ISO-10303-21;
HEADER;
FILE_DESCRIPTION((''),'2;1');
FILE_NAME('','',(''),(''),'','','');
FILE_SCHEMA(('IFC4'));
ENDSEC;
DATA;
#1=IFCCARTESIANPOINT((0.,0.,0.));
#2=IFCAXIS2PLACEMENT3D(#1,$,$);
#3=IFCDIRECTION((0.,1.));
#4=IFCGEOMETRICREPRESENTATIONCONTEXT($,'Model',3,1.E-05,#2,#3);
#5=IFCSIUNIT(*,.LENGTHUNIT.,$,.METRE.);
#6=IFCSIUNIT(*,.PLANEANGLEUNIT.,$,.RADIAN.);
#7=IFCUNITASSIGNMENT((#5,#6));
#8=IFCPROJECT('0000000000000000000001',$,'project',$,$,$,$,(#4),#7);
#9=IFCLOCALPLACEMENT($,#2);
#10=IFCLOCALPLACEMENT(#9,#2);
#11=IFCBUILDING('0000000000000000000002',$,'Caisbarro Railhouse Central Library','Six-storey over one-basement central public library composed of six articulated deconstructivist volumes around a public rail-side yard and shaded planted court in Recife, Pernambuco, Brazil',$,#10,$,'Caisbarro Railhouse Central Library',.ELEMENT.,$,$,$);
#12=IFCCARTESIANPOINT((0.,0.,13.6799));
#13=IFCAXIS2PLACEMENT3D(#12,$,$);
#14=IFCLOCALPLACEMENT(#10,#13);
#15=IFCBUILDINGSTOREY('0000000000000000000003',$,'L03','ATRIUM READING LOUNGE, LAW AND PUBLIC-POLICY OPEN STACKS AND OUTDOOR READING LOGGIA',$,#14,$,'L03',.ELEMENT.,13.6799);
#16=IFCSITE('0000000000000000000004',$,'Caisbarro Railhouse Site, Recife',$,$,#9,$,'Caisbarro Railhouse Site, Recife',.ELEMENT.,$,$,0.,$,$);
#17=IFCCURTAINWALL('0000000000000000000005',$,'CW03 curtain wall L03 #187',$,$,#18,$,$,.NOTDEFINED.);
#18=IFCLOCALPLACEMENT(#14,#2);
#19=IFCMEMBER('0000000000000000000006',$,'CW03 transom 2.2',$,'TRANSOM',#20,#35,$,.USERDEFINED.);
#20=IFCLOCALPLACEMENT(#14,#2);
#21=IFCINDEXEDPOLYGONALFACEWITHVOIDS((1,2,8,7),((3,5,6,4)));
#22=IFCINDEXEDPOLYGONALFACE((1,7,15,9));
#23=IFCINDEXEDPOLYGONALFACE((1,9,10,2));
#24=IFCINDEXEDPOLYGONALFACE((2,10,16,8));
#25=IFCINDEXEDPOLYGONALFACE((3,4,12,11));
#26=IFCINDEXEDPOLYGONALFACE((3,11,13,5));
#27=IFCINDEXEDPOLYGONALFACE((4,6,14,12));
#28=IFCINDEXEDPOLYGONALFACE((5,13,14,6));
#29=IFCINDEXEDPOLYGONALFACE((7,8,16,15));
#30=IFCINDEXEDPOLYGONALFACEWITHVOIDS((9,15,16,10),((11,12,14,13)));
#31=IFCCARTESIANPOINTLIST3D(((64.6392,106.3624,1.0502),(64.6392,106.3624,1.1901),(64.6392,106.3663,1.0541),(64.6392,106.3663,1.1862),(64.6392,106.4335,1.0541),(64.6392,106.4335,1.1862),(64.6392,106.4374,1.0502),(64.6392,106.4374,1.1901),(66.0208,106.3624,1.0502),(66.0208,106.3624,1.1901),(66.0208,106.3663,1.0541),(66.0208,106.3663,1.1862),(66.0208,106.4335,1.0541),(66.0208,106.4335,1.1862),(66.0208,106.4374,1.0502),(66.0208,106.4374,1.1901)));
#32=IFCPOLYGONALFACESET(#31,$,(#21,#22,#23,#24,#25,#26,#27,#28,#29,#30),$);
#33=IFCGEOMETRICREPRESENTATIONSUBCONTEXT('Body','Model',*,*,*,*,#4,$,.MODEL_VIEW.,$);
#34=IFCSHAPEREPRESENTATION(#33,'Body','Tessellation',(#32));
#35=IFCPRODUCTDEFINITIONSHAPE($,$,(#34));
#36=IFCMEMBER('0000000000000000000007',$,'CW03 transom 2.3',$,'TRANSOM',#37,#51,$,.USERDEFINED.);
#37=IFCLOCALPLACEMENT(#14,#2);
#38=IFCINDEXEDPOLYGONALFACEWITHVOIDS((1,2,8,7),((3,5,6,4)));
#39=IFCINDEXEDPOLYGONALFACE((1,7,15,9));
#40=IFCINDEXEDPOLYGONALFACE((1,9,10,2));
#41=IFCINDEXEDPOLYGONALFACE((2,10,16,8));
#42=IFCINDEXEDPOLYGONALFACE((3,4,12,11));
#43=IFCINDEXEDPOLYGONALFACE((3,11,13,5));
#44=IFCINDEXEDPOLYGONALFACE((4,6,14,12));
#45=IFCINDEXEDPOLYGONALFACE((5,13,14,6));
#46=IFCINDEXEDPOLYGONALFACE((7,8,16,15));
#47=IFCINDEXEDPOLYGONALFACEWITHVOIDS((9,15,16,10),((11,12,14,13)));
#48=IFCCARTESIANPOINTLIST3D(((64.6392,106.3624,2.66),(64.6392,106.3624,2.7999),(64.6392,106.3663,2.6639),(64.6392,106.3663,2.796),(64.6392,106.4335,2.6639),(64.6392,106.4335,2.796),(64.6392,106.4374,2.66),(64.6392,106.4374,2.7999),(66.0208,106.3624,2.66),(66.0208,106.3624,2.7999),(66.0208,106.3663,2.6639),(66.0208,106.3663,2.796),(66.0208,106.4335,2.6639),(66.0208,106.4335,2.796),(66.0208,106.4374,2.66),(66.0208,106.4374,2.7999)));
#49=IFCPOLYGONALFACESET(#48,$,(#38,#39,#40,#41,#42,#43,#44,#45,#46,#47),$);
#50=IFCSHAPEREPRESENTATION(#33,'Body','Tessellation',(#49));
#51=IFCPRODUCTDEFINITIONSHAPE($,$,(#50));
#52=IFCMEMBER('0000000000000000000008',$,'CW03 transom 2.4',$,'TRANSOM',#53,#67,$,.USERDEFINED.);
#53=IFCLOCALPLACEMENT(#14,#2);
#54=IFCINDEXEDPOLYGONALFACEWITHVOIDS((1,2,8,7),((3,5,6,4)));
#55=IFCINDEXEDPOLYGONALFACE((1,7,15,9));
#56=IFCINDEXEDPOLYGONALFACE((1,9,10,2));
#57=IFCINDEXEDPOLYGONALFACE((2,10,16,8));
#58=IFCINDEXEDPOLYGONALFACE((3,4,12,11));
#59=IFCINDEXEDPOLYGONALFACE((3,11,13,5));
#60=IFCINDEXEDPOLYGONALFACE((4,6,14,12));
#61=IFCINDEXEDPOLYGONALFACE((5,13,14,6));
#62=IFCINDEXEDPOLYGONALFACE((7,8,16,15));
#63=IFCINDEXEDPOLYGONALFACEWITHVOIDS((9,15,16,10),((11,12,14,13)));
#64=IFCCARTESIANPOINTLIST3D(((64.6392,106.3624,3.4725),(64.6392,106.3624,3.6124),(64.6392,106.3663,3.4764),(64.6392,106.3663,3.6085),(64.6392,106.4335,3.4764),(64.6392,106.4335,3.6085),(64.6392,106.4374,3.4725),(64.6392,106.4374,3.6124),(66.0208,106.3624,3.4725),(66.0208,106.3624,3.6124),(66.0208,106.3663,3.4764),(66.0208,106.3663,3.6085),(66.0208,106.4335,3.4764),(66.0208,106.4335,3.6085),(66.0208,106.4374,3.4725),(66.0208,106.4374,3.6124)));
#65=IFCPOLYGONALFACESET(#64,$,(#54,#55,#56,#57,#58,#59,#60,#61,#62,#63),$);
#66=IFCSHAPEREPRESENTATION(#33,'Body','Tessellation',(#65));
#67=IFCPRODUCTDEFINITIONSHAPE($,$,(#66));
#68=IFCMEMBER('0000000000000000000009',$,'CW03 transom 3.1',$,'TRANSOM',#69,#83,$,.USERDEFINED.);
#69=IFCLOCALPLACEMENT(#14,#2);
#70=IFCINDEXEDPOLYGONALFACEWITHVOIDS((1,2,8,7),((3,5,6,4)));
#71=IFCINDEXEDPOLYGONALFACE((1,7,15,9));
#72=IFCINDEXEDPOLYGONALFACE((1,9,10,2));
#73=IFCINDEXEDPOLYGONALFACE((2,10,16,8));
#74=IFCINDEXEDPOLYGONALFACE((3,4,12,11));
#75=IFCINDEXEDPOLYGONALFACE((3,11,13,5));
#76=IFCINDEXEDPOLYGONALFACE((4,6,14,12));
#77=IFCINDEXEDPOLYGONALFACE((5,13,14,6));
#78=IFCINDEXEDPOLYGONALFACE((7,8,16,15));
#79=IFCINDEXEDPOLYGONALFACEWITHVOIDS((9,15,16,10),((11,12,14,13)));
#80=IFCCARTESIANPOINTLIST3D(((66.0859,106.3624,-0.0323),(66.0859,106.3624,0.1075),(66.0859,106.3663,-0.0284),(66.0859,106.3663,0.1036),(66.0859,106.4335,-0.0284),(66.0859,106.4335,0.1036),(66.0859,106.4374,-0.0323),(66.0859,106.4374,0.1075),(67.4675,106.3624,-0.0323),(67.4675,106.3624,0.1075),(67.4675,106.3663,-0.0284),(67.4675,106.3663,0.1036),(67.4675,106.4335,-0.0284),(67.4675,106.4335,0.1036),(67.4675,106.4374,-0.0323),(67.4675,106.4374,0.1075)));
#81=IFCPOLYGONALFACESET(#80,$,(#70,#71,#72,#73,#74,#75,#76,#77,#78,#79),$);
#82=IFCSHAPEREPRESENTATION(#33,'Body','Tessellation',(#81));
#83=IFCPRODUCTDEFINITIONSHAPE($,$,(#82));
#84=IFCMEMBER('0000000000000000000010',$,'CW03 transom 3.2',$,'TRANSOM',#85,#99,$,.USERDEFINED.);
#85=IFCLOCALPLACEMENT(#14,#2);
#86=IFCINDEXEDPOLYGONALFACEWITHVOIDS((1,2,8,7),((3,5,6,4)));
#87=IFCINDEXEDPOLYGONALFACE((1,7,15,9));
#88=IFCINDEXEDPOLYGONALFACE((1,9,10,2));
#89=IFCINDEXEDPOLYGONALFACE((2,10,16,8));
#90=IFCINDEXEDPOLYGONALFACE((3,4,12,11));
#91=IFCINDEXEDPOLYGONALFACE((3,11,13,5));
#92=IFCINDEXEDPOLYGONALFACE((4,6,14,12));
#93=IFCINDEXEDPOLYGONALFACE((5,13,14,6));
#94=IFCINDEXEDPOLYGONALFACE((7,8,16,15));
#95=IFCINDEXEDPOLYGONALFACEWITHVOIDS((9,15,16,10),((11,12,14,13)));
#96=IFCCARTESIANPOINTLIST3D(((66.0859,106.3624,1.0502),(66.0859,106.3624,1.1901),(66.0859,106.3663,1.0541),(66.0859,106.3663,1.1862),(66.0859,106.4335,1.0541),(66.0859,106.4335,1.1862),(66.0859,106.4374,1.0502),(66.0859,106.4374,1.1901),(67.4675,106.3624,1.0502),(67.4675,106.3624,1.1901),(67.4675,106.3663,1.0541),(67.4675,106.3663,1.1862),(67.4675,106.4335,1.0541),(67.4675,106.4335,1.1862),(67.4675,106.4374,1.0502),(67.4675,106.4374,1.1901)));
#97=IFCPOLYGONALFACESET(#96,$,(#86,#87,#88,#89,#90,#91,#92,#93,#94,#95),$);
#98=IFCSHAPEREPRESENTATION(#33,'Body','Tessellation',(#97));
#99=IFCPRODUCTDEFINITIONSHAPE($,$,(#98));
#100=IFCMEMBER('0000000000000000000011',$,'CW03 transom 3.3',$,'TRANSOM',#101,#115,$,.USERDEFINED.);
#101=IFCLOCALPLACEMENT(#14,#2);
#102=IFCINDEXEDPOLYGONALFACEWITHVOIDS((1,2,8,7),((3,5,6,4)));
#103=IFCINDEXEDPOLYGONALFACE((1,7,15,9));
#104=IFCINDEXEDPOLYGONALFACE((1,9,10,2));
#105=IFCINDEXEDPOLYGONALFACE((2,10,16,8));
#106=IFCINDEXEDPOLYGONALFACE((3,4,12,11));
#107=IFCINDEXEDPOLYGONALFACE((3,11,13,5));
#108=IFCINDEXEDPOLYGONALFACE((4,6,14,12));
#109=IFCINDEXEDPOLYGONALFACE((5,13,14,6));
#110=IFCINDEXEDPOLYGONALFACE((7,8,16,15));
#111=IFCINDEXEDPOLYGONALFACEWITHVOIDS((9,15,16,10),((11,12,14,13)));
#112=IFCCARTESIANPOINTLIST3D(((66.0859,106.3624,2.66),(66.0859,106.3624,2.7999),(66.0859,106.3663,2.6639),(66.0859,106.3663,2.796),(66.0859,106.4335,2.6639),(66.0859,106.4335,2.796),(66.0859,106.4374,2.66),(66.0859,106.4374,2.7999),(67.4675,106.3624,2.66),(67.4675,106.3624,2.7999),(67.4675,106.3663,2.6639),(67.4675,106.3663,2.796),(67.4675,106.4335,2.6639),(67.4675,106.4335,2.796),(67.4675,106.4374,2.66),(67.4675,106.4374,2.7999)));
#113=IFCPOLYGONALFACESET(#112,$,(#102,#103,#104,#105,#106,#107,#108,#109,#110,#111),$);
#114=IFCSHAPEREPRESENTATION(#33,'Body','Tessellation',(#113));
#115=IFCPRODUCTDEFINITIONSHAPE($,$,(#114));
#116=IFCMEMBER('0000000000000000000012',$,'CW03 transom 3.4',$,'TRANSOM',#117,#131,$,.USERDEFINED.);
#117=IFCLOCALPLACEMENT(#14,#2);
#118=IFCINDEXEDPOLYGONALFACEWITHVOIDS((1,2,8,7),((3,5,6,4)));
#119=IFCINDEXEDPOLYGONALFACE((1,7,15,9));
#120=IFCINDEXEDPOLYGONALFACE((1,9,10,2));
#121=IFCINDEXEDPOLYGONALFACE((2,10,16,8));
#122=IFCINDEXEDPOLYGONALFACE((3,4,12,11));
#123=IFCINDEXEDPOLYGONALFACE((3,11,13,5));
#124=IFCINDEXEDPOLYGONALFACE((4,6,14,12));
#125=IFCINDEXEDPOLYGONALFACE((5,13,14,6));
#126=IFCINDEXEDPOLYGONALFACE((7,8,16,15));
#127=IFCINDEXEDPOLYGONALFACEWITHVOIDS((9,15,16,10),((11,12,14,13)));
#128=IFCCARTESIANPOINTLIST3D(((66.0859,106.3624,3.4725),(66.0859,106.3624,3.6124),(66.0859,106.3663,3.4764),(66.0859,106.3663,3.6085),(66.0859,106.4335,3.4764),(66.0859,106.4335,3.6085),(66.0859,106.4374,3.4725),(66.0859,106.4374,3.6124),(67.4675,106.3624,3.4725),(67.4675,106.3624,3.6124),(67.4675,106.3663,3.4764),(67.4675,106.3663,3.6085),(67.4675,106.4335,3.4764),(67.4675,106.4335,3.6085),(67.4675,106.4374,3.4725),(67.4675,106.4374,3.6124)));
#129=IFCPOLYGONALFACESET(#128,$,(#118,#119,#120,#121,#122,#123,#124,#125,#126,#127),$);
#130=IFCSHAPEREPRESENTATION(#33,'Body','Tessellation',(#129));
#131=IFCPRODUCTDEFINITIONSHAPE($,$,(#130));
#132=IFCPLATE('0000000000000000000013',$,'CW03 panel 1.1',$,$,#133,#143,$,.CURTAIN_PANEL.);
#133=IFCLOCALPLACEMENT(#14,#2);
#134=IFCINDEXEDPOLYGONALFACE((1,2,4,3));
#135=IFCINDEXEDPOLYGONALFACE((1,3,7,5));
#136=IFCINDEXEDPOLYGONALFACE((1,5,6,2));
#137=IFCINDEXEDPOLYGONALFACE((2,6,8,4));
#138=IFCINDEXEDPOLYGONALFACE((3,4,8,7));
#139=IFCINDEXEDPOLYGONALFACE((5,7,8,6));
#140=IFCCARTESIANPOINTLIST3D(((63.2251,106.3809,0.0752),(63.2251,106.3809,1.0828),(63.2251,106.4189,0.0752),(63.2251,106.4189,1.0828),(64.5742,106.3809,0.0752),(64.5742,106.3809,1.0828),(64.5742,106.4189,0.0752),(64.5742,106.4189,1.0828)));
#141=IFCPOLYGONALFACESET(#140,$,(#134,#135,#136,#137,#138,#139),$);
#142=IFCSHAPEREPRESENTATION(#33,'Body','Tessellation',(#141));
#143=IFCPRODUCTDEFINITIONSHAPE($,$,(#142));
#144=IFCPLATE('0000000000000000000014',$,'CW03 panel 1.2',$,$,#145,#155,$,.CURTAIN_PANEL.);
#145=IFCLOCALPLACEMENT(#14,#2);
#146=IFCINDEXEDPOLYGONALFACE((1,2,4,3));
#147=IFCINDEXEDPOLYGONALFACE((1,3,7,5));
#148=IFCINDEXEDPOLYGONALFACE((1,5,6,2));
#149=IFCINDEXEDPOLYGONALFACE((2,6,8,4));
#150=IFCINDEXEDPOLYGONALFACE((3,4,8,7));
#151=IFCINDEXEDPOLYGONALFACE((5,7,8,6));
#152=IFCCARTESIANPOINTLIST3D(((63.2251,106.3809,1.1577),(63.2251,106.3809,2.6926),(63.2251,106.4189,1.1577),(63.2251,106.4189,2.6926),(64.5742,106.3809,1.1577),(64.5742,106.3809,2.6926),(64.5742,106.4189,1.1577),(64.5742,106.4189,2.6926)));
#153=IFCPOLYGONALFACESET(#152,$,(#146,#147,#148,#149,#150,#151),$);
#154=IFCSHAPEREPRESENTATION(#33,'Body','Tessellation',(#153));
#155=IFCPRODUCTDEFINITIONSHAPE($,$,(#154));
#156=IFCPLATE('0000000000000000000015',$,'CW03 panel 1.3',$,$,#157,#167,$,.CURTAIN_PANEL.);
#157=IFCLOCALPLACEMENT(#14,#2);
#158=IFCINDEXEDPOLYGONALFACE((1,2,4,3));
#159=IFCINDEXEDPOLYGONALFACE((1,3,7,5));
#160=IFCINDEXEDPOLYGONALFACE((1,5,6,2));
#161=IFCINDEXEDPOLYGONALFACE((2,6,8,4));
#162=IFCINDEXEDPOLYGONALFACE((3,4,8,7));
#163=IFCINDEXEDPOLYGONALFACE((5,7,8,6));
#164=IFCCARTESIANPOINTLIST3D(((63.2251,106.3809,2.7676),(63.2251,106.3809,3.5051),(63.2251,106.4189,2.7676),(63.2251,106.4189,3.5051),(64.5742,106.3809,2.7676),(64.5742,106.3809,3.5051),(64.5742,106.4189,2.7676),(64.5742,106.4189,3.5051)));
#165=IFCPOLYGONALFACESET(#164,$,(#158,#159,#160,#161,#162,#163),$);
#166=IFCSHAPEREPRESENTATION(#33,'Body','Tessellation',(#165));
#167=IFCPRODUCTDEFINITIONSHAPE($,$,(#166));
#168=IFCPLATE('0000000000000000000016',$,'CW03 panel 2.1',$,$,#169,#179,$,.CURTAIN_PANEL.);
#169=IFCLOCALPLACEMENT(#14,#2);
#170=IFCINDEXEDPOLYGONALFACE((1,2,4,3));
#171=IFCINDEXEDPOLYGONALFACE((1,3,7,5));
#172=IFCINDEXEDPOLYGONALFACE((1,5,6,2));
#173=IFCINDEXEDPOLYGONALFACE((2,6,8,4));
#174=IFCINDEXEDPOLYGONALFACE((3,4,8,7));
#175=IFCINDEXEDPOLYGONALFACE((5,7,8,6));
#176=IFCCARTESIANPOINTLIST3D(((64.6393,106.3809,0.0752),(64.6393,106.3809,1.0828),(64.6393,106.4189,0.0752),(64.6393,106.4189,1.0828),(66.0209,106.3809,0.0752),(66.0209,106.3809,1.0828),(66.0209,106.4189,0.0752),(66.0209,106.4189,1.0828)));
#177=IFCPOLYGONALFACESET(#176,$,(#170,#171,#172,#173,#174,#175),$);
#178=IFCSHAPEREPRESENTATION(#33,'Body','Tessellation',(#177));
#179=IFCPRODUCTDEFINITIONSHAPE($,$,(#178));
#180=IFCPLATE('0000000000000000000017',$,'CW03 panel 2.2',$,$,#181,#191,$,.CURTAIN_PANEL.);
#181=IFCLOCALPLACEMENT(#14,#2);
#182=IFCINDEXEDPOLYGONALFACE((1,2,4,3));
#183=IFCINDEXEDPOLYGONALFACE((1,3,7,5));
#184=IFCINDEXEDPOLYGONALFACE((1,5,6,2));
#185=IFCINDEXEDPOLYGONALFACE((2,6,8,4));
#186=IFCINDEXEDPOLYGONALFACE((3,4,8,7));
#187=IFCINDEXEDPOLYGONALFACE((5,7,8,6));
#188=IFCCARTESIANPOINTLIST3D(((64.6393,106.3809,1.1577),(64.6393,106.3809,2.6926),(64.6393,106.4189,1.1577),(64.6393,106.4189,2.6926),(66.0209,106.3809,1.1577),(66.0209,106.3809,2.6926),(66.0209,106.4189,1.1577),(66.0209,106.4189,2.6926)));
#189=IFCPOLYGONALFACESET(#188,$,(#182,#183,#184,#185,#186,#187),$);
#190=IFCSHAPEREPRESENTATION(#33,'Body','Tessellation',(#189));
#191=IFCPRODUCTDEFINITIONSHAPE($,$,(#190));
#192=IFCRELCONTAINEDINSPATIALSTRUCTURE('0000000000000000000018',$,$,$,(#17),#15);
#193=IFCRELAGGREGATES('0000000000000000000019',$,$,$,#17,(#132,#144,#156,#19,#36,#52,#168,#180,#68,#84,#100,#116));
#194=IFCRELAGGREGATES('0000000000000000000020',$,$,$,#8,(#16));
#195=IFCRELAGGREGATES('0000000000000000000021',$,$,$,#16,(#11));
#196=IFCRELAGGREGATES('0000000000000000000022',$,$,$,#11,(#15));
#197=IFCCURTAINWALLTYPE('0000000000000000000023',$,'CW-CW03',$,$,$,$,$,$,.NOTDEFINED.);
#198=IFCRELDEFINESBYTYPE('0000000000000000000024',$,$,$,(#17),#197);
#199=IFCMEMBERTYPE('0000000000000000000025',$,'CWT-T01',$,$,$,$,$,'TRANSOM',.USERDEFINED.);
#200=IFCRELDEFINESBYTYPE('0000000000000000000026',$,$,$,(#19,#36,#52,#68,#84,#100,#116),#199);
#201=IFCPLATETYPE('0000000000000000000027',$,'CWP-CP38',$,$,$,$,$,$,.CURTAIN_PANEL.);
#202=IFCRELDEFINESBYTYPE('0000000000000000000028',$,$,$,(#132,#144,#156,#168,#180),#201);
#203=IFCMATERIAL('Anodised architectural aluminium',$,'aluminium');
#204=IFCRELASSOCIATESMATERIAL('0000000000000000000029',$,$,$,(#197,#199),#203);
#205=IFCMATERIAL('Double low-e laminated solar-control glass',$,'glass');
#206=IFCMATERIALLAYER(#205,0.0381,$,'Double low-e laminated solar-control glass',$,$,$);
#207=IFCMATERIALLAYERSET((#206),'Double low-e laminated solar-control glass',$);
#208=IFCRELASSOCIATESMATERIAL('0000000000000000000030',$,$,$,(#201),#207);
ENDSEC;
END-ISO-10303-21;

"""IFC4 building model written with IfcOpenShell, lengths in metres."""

from ifc_helpers import new_model, si_unit, direction, frame, origin, origin_2d, place, context, subcontext, project, spatial, rectangle, hollow_rectangle, extrude, material, layer, layer_set, material_profile, profile_set, type_object, element, aggregate, save


model = new_model("IFC4")

# Units and contexts
model_context = context("Model", 3, precision=1e-05, world=origin(), true_north=direction((0.0, 1.0)))
body_context = subcontext(model_context, "Body", "Model", "MODEL_VIEW")
ifc_project = project(units=[si_unit("LENGTHUNIT", "METRE"), si_unit("PLANEANGLEUNIT", "RADIAN")], contexts=[model_context])

# Site, building, storey
site_placement = place(None, origin())
site = spatial("IfcSite", under=ifc_project, at=site_placement, Name="Caisbarro Railhouse Site, Recife", LongName="Caisbarro Railhouse Site, Recife", CompositionType="ELEMENT", RefElevation=0.0)
building_placement = place(site_placement, origin())
building = spatial("IfcBuilding", under=site, at=building_placement, Name="Caisbarro Railhouse Central Library", Description="Six-storey over one-basement central public library composed of six articulated deconstructivist volumes around a public rail-side yard and shaded planted court in Recife, Pernambuco, Brazil", LongName="Caisbarro Railhouse Central Library", CompositionType="ELEMENT")
storey_placement = place(building_placement, frame((0.0, 0.0, 13.6799)))
storey = spatial("IfcBuildingStorey", under=building, at=storey_placement, Name="L03", Description="ATRIUM READING LOUNGE, LAW AND PUBLIC-POLICY OPEN STACKS AND OUTDOOR READING LOGGIA", LongName="L03", CompositionType="ELEMENT", Elevation=13.6799)

# Curtain wall, members, plates
ifc_material_1 = material(Name="Anodised architectural aluminium", Category="aluminium")
curtain_wall_type = type_object("IfcCurtainWallType", Name="CW-CW03", PredefinedType="NOTDEFINED", material=ifc_material_1)
curtain_wall_placement = place(storey_placement, origin())
curtain_wall = element("IfcCurtainWall", 1, at=curtain_wall_placement, inside=storey, type_object=curtain_wall_type, Name="CW03 curtain wall L03 #187", PredefinedType="NOTDEFINED")
ifc_material_profile_1 = material_profile(ifc_material_1, hollow_rectangle(XDim=0.075, YDim=0.1399, WallThickness=0.0039, at=origin_2d()), Name="ALU-TRN-75X140")
ifc_profile_set_1 = profile_set([ifc_material_profile_1], Name="Anodised architectural aluminium")
member_type_1 = type_object("IfcMemberType", Name="CWT-T01", ElementType="TRANSOM", PredefinedType="USERDEFINED", material=ifc_profile_set_1)
member_1_placement = place(storey_placement, frame((64.6392, 106.3999, 1.1201), z_axis=(1.0, 0.0, 0.0), x_axis=(0.0, 1.0, 0.0)))
member_1 = element("IfcMember", 2, at=member_1_placement, type_object=member_type_1, Name="CW03 transom 2.2", ObjectType="TRANSOM", PredefinedType="USERDEFINED", context=body_context, shape_type="SweptSolid", body=[
    extrude(hollow_rectangle(XDim=0.075, YDim=0.1399, WallThickness=0.0039, at=origin_2d()), origin(), (0.0, 0.0, 1.0), 1.3816),
])
member_2_placement = place(storey_placement, frame((64.6392, 106.3999, 2.73), z_axis=(1.0, 0.0, 0.0), x_axis=(0.0, 1.0, 0.0)))
member_2 = element("IfcMember", 3, at=member_2_placement, type_object=member_type_1, Name="CW03 transom 2.3", ObjectType="TRANSOM", PredefinedType="USERDEFINED", context=body_context, shape_type="SweptSolid", body=[
    extrude(hollow_rectangle(XDim=0.075, YDim=0.1399, WallThickness=0.0039, at=origin_2d()), origin(), (0.0, 0.0, 1.0), 1.3816),
])
member_3_placement = place(storey_placement, frame((64.6392, 106.3999, 3.5425), z_axis=(1.0, 0.0, 0.0), x_axis=(0.0, 1.0, 0.0)))
member_3 = element("IfcMember", 4, at=member_3_placement, type_object=member_type_1, Name="CW03 transom 2.4", ObjectType="TRANSOM", PredefinedType="USERDEFINED", context=body_context, shape_type="SweptSolid", body=[
    extrude(hollow_rectangle(XDim=0.075, YDim=0.1399, WallThickness=0.0039, at=origin_2d()), origin(), (0.0, 0.0, 1.0), 1.3816),
])
member_4_placement = place(storey_placement, frame((66.0859, 106.3999, 0.0376), z_axis=(1.0, 0.0, 0.0), x_axis=(0.0, 1.0, 0.0)))
member_4 = element("IfcMember", 5, at=member_4_placement, type_object=member_type_1, Name="CW03 transom 3.1", ObjectType="TRANSOM", PredefinedType="USERDEFINED", context=body_context, shape_type="SweptSolid", body=[
    extrude(hollow_rectangle(XDim=0.075, YDim=0.1399, WallThickness=0.0039, at=origin_2d()), origin(), (0.0, 0.0, 1.0), 1.3816),
])
member_5_placement = place(storey_placement, frame((66.0859, 106.3999, 1.1201), z_axis=(1.0, 0.0, 0.0), x_axis=(0.0, 1.0, 0.0)))
member_5 = element("IfcMember", 6, at=member_5_placement, type_object=member_type_1, Name="CW03 transom 3.2", ObjectType="TRANSOM", PredefinedType="USERDEFINED", context=body_context, shape_type="SweptSolid", body=[
    extrude(hollow_rectangle(XDim=0.075, YDim=0.1399, WallThickness=0.0039, at=origin_2d()), origin(), (0.0, 0.0, 1.0), 1.3816),
])
member_6_placement = place(storey_placement, frame((66.0859, 106.3999, 2.73), z_axis=(1.0, 0.0, 0.0), x_axis=(0.0, 1.0, 0.0)))
member_6 = element("IfcMember", 7, at=member_6_placement, type_object=member_type_1, Name="CW03 transom 3.3", ObjectType="TRANSOM", PredefinedType="USERDEFINED", context=body_context, shape_type="SweptSolid", body=[
    extrude(hollow_rectangle(XDim=0.075, YDim=0.1399, WallThickness=0.0039, at=origin_2d()), origin(), (0.0, 0.0, 1.0), 1.3816),
])
member_7_placement = place(storey_placement, frame((66.0859, 106.3999, 3.5425), z_axis=(1.0, 0.0, 0.0), x_axis=(0.0, 1.0, 0.0)))
member_7 = element("IfcMember", 8, at=member_7_placement, type_object=member_type_1, Name="CW03 transom 3.4", ObjectType="TRANSOM", PredefinedType="USERDEFINED", context=body_context, shape_type="SweptSolid", body=[
    extrude(hollow_rectangle(XDim=0.075, YDim=0.1399, WallThickness=0.0039, at=origin_2d()), origin(), (0.0, 0.0, 1.0), 1.3816),
])
ifc_material_2 = material(Name="Double low-e laminated solar-control glass", Category="glass")
ifc_layer_1 = layer(ifc_material_2, 0.0381, Name="Double low-e laminated solar-control glass")
ifc_layer_set_1 = layer_set([ifc_layer_1], Name="Double low-e laminated solar-control glass")
plate_type = type_object("IfcPlateType", Name="CWP-CP38", PredefinedType="CURTAIN_PANEL", material=ifc_layer_set_1)
plate_1_placement = place(storey_placement, frame((63.8997, 106.3999, 0.0752), z_axis=(0.0, 0.0, 1.0), x_axis=(1.0, 0.0, 0.0)))
plate_1 = element("IfcPlate", 9, at=plate_1_placement, type_object=plate_type, Name="CW03 panel 1.1", PredefinedType="CURTAIN_PANEL", context=body_context, shape_type="SweptSolid", body=[
    extrude(rectangle(XDim=1.3491, YDim=0.0381, at=origin_2d()), origin(), (0.0, 0.0, 1.0), 1.0076),
])
plate_2_placement = place(storey_placement, frame((63.8997, 106.3999, 1.1577), z_axis=(0.0, 0.0, 1.0), x_axis=(1.0, 0.0, 0.0)))
plate_2 = element("IfcPlate", 10, at=plate_2_placement, type_object=plate_type, Name="CW03 panel 1.2", PredefinedType="CURTAIN_PANEL", context=body_context, shape_type="SweptSolid", body=[
    extrude(rectangle(XDim=1.3491, YDim=0.0381, at=origin_2d()), origin(), (0.0, 0.0, 1.0), 1.5349),
])
plate_3_placement = place(storey_placement, frame((63.8997, 106.3999, 2.7676), z_axis=(0.0, 0.0, 1.0), x_axis=(1.0, 0.0, 0.0)))
plate_3 = element("IfcPlate", 11, at=plate_3_placement, type_object=plate_type, Name="CW03 panel 1.3", PredefinedType="CURTAIN_PANEL", context=body_context, shape_type="SweptSolid", body=[
    extrude(rectangle(XDim=1.3491, YDim=0.0381, at=origin_2d()), origin(), (0.0, 0.0, 1.0), 0.7375),
])
plate_4_placement = place(storey_placement, frame((65.3301, 106.3999, 0.0752), z_axis=(0.0, 0.0, 1.0), x_axis=(1.0, 0.0, 0.0)))
plate_4 = element("IfcPlate", 12, at=plate_4_placement, type_object=plate_type, Name="CW03 panel 2.1", PredefinedType="CURTAIN_PANEL", context=body_context, shape_type="SweptSolid", body=[
    extrude(rectangle(XDim=1.3816, YDim=0.0381, at=origin_2d()), origin(), (0.0, 0.0, 1.0), 1.0076),
])
plate_5_placement = place(storey_placement, frame((65.3301, 106.3999, 1.1577), z_axis=(0.0, 0.0, 1.0), x_axis=(1.0, 0.0, 0.0)))
plate_5 = element("IfcPlate", 13, at=plate_5_placement, type_object=plate_type, Name="CW03 panel 2.2", PredefinedType="CURTAIN_PANEL", context=body_context, shape_type="SweptSolid", body=[
    extrude(rectangle(XDim=1.3816, YDim=0.0381, at=origin_2d()), origin(), (0.0, 0.0, 1.0), 1.5349),
])
aggregate(curtain_wall, [plate_1, plate_2, plate_3, member_1, member_2, member_3, plate_4, plate_5, member_4, member_5, member_6, member_7])

save(model, "model.ifc")
